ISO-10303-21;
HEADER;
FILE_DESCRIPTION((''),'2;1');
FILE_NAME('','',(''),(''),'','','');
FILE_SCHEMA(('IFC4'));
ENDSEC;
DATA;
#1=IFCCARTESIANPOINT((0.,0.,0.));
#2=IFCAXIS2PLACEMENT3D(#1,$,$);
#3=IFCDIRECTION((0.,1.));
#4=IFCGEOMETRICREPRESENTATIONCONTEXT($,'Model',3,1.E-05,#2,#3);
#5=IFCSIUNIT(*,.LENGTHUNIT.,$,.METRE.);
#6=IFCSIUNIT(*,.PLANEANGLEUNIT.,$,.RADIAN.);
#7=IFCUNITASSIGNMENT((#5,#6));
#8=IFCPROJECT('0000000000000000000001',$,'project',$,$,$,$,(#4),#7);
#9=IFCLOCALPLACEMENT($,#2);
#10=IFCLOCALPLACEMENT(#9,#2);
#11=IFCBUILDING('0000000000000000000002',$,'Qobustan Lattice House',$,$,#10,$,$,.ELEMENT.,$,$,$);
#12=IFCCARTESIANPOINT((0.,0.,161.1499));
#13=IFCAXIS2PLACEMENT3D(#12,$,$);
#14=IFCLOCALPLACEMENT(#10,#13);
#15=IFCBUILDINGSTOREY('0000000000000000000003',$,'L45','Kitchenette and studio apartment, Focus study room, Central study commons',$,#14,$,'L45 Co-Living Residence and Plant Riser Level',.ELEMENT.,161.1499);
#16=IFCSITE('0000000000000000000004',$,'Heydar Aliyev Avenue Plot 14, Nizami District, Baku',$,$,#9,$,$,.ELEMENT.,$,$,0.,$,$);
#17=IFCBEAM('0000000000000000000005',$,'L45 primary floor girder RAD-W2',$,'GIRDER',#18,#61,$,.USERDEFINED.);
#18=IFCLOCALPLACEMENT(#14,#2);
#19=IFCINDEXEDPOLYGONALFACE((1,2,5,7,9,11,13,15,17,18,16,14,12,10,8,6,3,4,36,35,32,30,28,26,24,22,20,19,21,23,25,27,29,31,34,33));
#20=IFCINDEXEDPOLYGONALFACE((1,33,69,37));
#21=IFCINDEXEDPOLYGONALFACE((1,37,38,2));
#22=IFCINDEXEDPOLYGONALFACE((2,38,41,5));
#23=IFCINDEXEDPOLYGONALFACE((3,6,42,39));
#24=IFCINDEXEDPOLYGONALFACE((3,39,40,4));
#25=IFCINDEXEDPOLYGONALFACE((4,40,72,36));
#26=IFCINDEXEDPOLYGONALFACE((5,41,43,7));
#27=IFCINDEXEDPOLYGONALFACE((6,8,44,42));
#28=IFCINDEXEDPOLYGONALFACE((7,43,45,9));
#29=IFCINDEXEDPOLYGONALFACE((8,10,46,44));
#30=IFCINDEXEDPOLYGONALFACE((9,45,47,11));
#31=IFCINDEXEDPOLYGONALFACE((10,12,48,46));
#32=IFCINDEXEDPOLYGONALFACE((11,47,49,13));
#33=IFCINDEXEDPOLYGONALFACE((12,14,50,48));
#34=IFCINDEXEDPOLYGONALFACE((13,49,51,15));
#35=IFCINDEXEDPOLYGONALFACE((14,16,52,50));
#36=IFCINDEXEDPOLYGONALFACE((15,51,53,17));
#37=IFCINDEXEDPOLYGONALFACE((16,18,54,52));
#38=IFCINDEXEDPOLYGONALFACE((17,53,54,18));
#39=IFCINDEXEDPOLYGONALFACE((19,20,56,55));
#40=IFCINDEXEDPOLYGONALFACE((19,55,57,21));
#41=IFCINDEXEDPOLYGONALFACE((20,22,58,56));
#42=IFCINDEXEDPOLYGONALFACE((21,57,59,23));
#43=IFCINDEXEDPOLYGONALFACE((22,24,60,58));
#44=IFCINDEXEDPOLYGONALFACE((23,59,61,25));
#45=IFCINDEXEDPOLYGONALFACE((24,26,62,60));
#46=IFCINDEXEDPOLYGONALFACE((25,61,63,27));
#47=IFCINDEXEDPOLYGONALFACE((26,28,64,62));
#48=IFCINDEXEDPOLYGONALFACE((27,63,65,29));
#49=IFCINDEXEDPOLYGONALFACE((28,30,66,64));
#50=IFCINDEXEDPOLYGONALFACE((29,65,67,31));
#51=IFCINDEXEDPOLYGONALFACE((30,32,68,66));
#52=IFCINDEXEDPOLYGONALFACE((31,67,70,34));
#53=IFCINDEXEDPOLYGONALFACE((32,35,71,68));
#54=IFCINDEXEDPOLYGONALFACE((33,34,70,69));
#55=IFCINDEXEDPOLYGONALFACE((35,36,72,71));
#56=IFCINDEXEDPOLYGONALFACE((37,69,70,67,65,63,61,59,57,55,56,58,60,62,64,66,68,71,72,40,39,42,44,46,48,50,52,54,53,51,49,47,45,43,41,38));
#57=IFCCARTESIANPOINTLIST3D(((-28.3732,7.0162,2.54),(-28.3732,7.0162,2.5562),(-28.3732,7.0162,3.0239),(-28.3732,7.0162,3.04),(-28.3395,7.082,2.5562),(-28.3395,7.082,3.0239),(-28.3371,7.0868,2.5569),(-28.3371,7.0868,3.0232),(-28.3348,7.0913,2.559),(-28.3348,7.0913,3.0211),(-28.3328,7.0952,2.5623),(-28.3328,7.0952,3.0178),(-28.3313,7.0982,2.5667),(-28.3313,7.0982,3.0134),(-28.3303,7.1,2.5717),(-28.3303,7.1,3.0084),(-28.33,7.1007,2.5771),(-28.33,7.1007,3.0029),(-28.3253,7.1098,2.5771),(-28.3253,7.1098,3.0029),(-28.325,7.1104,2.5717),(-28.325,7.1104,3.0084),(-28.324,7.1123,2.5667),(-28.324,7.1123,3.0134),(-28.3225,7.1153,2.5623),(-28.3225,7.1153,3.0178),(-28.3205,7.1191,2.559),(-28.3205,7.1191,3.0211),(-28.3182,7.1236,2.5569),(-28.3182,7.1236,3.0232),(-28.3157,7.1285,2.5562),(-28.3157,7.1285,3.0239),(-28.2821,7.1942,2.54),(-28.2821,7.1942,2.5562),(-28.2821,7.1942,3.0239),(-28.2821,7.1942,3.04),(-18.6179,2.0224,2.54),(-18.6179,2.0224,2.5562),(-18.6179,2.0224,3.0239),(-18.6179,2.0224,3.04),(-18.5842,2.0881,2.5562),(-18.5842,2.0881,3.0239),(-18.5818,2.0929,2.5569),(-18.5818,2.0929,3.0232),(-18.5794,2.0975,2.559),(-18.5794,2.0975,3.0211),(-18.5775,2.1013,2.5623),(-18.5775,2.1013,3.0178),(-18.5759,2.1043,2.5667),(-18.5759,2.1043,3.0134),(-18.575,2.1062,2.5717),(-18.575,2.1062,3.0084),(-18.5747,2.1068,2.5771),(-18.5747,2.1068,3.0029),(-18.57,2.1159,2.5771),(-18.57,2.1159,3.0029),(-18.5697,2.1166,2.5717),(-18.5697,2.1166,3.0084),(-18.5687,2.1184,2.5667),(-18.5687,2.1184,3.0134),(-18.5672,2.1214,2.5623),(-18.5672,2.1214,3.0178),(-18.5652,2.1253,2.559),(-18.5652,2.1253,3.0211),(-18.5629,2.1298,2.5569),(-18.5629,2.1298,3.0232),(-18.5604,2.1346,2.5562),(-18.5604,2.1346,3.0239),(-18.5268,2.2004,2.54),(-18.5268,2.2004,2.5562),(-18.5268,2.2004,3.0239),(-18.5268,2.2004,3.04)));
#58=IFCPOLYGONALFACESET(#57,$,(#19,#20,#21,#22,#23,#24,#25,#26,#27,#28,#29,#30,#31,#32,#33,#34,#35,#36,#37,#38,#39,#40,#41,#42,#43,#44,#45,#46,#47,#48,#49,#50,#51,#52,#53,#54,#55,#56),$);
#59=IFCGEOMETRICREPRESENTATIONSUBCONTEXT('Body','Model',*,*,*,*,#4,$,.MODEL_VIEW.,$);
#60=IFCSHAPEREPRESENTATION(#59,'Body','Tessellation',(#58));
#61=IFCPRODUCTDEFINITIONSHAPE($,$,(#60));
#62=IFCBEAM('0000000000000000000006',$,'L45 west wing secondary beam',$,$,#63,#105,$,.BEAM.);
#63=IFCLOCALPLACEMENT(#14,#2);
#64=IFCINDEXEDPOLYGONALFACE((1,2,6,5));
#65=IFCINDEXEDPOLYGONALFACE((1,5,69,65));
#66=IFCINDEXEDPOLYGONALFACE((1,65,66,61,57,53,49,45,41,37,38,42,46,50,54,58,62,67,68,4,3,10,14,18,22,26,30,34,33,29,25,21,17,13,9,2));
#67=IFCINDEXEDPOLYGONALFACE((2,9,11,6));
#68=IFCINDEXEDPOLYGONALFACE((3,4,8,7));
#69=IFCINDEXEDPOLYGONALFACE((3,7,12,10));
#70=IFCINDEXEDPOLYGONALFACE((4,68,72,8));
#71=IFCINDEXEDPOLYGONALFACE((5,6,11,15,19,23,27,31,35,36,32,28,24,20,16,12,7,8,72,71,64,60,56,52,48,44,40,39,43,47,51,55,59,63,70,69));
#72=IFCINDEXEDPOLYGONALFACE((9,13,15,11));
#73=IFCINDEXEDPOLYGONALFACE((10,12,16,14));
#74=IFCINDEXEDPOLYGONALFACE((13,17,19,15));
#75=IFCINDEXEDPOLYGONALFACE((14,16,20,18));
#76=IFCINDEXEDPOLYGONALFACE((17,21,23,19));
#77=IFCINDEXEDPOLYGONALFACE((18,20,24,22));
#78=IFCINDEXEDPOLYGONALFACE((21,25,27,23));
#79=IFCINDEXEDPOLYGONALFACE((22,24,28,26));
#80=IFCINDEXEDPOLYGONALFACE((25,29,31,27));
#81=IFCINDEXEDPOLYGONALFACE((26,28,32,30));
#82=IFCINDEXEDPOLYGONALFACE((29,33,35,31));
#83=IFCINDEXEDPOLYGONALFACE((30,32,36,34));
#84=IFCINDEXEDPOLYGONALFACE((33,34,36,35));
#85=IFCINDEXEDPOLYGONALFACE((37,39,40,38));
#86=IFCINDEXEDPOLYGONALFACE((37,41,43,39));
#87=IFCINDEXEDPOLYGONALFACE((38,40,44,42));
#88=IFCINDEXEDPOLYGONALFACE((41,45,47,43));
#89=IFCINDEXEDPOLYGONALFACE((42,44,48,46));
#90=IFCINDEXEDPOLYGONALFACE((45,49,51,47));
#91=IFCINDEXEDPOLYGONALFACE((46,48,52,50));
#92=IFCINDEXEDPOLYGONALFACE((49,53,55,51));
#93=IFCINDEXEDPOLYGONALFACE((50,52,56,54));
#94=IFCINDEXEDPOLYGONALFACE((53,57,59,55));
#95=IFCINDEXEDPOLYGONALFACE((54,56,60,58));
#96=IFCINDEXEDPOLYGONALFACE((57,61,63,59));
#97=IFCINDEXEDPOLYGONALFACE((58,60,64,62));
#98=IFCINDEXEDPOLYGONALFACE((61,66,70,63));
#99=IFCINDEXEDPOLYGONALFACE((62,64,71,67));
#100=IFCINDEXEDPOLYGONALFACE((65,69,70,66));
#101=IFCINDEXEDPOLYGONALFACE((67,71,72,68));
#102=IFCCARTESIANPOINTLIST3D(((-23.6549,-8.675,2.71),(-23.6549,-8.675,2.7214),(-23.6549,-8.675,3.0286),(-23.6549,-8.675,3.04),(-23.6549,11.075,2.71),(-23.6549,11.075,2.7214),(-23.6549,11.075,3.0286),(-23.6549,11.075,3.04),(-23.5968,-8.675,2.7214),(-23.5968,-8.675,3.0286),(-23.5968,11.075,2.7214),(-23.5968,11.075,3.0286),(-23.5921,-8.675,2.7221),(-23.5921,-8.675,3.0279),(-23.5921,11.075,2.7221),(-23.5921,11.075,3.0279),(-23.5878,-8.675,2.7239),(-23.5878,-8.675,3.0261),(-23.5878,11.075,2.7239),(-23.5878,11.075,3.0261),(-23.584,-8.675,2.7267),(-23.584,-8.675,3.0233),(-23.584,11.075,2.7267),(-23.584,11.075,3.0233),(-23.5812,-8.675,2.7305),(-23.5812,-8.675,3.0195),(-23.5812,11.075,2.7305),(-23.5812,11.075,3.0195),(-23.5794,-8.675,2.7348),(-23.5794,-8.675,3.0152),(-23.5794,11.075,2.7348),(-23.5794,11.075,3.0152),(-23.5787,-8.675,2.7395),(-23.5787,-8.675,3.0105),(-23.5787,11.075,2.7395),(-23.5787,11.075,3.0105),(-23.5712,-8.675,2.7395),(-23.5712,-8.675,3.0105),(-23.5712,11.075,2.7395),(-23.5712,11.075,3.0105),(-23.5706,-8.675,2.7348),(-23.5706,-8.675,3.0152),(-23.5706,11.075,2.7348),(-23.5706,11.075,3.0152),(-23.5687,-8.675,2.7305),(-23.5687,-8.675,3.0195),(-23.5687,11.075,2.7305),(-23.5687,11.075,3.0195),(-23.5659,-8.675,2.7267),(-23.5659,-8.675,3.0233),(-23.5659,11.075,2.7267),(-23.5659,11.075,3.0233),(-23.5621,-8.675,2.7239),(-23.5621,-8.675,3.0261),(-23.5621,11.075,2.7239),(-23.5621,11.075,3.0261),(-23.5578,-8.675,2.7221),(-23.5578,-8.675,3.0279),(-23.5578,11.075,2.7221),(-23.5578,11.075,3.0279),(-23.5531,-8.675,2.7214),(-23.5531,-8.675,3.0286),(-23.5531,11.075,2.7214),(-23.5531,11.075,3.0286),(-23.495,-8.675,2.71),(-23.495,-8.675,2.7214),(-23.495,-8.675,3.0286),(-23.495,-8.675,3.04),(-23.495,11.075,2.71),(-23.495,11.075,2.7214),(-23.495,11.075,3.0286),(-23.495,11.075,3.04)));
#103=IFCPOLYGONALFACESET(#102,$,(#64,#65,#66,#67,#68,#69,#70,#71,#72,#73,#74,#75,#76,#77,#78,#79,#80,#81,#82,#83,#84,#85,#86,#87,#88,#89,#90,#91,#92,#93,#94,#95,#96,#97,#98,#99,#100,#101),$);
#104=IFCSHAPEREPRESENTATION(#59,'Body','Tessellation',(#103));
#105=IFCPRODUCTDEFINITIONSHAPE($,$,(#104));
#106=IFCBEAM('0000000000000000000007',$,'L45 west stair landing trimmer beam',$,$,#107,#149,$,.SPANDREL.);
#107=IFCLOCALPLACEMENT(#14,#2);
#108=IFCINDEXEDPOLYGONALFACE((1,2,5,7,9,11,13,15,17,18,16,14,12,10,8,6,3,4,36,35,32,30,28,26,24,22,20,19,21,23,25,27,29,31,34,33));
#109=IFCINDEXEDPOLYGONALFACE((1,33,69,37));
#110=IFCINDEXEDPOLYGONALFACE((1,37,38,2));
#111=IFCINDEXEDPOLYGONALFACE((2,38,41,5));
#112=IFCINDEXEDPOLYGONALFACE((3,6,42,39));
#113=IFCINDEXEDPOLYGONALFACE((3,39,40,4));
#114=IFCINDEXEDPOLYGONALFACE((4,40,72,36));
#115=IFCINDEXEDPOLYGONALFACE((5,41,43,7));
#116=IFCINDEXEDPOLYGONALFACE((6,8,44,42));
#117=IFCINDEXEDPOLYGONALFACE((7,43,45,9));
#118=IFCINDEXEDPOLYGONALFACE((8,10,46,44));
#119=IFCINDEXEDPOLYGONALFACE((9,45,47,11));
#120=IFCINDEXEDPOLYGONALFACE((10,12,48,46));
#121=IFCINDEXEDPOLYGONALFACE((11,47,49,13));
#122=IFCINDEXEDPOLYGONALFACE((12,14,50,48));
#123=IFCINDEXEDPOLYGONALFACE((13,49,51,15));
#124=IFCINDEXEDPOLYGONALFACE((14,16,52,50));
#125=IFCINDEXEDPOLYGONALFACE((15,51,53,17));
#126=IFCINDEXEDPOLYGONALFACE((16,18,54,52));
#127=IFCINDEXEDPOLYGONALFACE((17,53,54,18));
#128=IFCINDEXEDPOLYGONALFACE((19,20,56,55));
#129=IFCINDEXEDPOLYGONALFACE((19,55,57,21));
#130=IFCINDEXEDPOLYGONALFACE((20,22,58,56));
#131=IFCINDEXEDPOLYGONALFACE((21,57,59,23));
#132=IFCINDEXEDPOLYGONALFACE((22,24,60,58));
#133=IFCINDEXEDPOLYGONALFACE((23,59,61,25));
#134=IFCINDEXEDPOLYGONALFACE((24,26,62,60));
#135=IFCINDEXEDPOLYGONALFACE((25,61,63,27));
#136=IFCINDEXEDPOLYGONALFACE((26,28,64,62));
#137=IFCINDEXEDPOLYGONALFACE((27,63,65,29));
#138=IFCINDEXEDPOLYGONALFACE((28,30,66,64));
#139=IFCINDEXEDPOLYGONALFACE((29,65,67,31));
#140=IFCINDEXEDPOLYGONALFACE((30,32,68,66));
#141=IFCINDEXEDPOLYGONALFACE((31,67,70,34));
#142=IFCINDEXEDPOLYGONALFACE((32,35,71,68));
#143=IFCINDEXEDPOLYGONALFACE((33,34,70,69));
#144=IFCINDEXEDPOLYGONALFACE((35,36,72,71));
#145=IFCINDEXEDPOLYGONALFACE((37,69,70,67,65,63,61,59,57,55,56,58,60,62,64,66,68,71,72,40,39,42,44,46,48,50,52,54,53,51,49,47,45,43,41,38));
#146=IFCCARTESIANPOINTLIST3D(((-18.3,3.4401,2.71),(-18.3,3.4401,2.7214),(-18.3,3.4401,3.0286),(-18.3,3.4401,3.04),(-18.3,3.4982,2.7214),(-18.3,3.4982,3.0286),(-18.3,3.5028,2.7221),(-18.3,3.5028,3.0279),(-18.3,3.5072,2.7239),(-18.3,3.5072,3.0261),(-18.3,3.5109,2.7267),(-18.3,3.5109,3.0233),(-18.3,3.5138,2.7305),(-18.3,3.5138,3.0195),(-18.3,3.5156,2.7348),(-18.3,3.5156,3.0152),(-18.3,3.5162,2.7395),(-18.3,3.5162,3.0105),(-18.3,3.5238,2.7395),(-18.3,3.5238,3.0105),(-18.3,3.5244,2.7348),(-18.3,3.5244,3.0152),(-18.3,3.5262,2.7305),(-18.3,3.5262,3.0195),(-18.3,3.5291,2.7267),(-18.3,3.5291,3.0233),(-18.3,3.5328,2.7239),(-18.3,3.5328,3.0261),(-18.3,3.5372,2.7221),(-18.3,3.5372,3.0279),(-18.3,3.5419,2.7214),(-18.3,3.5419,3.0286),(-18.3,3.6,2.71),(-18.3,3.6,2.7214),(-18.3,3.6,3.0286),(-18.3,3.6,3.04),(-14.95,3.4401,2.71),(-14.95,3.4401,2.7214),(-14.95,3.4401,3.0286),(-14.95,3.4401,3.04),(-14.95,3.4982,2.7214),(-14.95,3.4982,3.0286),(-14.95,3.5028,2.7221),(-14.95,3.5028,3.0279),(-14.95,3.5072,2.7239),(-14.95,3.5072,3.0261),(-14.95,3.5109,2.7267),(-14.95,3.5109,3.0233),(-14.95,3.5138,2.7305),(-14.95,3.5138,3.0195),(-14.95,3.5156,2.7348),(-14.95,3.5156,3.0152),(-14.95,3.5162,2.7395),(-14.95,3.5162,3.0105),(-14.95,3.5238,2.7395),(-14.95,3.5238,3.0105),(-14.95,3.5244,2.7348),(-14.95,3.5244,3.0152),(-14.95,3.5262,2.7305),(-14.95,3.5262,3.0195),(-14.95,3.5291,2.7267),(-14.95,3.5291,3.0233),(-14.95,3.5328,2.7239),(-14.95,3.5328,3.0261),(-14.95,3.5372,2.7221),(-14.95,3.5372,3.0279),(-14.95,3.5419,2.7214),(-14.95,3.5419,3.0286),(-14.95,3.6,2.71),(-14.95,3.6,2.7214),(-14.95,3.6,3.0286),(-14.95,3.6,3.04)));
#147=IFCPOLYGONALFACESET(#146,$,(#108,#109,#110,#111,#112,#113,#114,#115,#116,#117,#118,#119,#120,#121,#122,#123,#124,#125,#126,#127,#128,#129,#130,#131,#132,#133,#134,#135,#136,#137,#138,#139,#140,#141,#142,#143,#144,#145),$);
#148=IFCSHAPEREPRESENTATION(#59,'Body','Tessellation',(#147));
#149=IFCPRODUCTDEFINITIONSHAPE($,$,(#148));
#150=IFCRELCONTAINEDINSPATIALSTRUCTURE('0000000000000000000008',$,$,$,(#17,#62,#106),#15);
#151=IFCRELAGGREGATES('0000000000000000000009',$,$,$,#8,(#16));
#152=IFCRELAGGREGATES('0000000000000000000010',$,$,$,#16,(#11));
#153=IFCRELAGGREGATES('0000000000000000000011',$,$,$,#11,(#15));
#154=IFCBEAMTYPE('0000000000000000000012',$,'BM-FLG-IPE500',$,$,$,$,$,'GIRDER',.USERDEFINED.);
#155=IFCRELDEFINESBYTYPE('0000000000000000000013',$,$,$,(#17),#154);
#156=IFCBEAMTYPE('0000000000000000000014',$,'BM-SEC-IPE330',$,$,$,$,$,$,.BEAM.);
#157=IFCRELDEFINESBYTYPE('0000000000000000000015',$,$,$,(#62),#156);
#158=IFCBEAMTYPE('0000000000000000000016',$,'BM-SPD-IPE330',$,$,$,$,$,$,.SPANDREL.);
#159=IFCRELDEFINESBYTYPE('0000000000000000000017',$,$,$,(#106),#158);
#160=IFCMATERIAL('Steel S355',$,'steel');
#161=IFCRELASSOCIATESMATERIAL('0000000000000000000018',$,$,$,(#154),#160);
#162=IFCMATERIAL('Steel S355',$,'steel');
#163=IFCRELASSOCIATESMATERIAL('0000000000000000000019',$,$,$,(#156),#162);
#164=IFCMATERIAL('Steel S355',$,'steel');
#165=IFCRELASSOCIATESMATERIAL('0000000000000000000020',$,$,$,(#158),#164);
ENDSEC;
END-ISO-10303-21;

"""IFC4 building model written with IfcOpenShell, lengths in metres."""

from ifc_helpers import new_model, si_unit, direction, frame, origin, origin_2d, place, context, subcontext, project, spatial, i_section, extrude, material, material_profile, profile_set, type_object, element, save


model = new_model("IFC4")

# Units and contexts
model_context = context("Model", 3, precision=1e-05, world=origin(), true_north=direction((0.0, 1.0)))
body_context = subcontext(model_context, "Body", "Model", "MODEL_VIEW")
ifc_project = project(units=[si_unit("LENGTHUNIT", "METRE"), si_unit("PLANEANGLEUNIT", "RADIAN")], contexts=[model_context])

# Site, building, storey
site_placement = place(None, origin())
site = spatial("IfcSite", under=ifc_project, at=site_placement, Name="Heydar Aliyev Avenue Plot 14, Nizami District, Baku", CompositionType="ELEMENT", RefElevation=0.0)
building_placement = place(site_placement, origin())
building = spatial("IfcBuilding", under=site, at=building_placement, Name="Qobustan Lattice House", CompositionType="ELEMENT")
storey_placement = place(building_placement, frame((0.0, 0.0, 161.1499)))
storey = spatial("IfcBuildingStorey", under=building, at=storey_placement, Name="L45", Description="Kitchenette and studio apartment, Focus study room, Central study commons", LongName="L45 Co-Living Residence and Plant Riser Level", CompositionType="ELEMENT", Elevation=161.1499)

# Beams
ifc_material_1 = material(Name="Steel S355", Category="steel")
ifc_material_profile_1 = material_profile(ifc_material_1, i_section(OverallWidth=0.2, OverallDepth=0.5, WebThickness=0.0103, FlangeThickness=0.0161, FilletRadius=0.021, at=origin_2d()), Name="IPE500")
ifc_profile_set_1 = profile_set([ifc_material_profile_1], Name="Steel S355")
beam_type_1 = type_object("IfcBeamType", Name="BM-FLG-IPE500", ElementType="GIRDER", PredefinedType="USERDEFINED", material=ifc_profile_set_1)
beam_1_placement = place(storey_placement, frame((-28.3276, 7.1052, 2.79), z_axis=(0.890145, -0.455677, 0.0), x_axis=(0.455677, 0.890145, 0.0)))
element("IfcBeam", 1, at=beam_1_placement, inside=storey, type_object=beam_type_1, Name="L45 primary floor girder RAD-W2", ObjectType="GIRDER", PredefinedType="USERDEFINED", context=body_context, shape_type="SweptSolid", body=[
    extrude(i_section(OverallWidth=0.2, OverallDepth=0.5, WebThickness=0.0103, FlangeThickness=0.0161, FilletRadius=0.021, at=origin_2d()), origin(), (0.0, 0.0, 1.0), 10.9592),
])
ifc_material_2 = material(Name="Steel S355", Category="steel")
ifc_material_profile_2 = material_profile(ifc_material_2, i_section(OverallWidth=0.1599, OverallDepth=0.3301, WebThickness=0.0076, FlangeThickness=0.0115, FilletRadius=0.0181, at=origin_2d()), Name="IPE330")
ifc_profile_set_2 = profile_set([ifc_material_profile_2], Name="Steel S355")
beam_type_2 = type_object("IfcBeamType", Name="BM-SEC-IPE330", PredefinedType="BEAM", material=ifc_profile_set_2)
beam_2_placement = place(storey_placement, frame((-23.575, 11.075, 2.875), z_axis=(0.0, -1.0, 0.0), x_axis=(1.0, 0.0, 0.0)))
element("IfcBeam", 2, at=beam_2_placement, inside=storey, type_object=beam_type_2, Name="L45 west wing secondary beam", PredefinedType="BEAM", context=body_context, shape_type="SweptSolid", body=[
    extrude(i_section(OverallWidth=0.1599, OverallDepth=0.3301, WebThickness=0.0076, FlangeThickness=0.0115, FilletRadius=0.0181, at=origin_2d()), origin(), (0.0, 0.0, 1.0), 19.75),
])
ifc_material_3 = material(Name="Steel S355", Category="steel")
ifc_material_profile_3 = material_profile(ifc_material_3, i_section(OverallWidth=0.1599, OverallDepth=0.3301, WebThickness=0.0076, FlangeThickness=0.0115, FilletRadius=0.0181, at=origin_2d()), Name="IPE330")
ifc_profile_set_3 = profile_set([ifc_material_profile_3], Name="Steel S355")
beam_type_3 = type_object("IfcBeamType", Name="BM-SPD-IPE330", PredefinedType="SPANDREL", material=ifc_profile_set_3)
beam_3_placement = place(storey_placement, frame((-18.3, 3.52, 2.875), z_axis=(1.0, 0.0, 0.0), x_axis=(0.0, 1.0, 0.0)))
element("IfcBeam", 3, at=beam_3_placement, inside=storey, type_object=beam_type_3, Name="L45 west stair landing trimmer beam", PredefinedType="SPANDREL", context=body_context, shape_type="SweptSolid", body=[
    extrude(i_section(OverallWidth=0.1599, OverallDepth=0.3301, WebThickness=0.0076, FlangeThickness=0.0115, FilletRadius=0.0181, at=origin_2d()), origin(), (0.0, 0.0, 1.0), 3.3501),
])

save(model, "model.ifc")
